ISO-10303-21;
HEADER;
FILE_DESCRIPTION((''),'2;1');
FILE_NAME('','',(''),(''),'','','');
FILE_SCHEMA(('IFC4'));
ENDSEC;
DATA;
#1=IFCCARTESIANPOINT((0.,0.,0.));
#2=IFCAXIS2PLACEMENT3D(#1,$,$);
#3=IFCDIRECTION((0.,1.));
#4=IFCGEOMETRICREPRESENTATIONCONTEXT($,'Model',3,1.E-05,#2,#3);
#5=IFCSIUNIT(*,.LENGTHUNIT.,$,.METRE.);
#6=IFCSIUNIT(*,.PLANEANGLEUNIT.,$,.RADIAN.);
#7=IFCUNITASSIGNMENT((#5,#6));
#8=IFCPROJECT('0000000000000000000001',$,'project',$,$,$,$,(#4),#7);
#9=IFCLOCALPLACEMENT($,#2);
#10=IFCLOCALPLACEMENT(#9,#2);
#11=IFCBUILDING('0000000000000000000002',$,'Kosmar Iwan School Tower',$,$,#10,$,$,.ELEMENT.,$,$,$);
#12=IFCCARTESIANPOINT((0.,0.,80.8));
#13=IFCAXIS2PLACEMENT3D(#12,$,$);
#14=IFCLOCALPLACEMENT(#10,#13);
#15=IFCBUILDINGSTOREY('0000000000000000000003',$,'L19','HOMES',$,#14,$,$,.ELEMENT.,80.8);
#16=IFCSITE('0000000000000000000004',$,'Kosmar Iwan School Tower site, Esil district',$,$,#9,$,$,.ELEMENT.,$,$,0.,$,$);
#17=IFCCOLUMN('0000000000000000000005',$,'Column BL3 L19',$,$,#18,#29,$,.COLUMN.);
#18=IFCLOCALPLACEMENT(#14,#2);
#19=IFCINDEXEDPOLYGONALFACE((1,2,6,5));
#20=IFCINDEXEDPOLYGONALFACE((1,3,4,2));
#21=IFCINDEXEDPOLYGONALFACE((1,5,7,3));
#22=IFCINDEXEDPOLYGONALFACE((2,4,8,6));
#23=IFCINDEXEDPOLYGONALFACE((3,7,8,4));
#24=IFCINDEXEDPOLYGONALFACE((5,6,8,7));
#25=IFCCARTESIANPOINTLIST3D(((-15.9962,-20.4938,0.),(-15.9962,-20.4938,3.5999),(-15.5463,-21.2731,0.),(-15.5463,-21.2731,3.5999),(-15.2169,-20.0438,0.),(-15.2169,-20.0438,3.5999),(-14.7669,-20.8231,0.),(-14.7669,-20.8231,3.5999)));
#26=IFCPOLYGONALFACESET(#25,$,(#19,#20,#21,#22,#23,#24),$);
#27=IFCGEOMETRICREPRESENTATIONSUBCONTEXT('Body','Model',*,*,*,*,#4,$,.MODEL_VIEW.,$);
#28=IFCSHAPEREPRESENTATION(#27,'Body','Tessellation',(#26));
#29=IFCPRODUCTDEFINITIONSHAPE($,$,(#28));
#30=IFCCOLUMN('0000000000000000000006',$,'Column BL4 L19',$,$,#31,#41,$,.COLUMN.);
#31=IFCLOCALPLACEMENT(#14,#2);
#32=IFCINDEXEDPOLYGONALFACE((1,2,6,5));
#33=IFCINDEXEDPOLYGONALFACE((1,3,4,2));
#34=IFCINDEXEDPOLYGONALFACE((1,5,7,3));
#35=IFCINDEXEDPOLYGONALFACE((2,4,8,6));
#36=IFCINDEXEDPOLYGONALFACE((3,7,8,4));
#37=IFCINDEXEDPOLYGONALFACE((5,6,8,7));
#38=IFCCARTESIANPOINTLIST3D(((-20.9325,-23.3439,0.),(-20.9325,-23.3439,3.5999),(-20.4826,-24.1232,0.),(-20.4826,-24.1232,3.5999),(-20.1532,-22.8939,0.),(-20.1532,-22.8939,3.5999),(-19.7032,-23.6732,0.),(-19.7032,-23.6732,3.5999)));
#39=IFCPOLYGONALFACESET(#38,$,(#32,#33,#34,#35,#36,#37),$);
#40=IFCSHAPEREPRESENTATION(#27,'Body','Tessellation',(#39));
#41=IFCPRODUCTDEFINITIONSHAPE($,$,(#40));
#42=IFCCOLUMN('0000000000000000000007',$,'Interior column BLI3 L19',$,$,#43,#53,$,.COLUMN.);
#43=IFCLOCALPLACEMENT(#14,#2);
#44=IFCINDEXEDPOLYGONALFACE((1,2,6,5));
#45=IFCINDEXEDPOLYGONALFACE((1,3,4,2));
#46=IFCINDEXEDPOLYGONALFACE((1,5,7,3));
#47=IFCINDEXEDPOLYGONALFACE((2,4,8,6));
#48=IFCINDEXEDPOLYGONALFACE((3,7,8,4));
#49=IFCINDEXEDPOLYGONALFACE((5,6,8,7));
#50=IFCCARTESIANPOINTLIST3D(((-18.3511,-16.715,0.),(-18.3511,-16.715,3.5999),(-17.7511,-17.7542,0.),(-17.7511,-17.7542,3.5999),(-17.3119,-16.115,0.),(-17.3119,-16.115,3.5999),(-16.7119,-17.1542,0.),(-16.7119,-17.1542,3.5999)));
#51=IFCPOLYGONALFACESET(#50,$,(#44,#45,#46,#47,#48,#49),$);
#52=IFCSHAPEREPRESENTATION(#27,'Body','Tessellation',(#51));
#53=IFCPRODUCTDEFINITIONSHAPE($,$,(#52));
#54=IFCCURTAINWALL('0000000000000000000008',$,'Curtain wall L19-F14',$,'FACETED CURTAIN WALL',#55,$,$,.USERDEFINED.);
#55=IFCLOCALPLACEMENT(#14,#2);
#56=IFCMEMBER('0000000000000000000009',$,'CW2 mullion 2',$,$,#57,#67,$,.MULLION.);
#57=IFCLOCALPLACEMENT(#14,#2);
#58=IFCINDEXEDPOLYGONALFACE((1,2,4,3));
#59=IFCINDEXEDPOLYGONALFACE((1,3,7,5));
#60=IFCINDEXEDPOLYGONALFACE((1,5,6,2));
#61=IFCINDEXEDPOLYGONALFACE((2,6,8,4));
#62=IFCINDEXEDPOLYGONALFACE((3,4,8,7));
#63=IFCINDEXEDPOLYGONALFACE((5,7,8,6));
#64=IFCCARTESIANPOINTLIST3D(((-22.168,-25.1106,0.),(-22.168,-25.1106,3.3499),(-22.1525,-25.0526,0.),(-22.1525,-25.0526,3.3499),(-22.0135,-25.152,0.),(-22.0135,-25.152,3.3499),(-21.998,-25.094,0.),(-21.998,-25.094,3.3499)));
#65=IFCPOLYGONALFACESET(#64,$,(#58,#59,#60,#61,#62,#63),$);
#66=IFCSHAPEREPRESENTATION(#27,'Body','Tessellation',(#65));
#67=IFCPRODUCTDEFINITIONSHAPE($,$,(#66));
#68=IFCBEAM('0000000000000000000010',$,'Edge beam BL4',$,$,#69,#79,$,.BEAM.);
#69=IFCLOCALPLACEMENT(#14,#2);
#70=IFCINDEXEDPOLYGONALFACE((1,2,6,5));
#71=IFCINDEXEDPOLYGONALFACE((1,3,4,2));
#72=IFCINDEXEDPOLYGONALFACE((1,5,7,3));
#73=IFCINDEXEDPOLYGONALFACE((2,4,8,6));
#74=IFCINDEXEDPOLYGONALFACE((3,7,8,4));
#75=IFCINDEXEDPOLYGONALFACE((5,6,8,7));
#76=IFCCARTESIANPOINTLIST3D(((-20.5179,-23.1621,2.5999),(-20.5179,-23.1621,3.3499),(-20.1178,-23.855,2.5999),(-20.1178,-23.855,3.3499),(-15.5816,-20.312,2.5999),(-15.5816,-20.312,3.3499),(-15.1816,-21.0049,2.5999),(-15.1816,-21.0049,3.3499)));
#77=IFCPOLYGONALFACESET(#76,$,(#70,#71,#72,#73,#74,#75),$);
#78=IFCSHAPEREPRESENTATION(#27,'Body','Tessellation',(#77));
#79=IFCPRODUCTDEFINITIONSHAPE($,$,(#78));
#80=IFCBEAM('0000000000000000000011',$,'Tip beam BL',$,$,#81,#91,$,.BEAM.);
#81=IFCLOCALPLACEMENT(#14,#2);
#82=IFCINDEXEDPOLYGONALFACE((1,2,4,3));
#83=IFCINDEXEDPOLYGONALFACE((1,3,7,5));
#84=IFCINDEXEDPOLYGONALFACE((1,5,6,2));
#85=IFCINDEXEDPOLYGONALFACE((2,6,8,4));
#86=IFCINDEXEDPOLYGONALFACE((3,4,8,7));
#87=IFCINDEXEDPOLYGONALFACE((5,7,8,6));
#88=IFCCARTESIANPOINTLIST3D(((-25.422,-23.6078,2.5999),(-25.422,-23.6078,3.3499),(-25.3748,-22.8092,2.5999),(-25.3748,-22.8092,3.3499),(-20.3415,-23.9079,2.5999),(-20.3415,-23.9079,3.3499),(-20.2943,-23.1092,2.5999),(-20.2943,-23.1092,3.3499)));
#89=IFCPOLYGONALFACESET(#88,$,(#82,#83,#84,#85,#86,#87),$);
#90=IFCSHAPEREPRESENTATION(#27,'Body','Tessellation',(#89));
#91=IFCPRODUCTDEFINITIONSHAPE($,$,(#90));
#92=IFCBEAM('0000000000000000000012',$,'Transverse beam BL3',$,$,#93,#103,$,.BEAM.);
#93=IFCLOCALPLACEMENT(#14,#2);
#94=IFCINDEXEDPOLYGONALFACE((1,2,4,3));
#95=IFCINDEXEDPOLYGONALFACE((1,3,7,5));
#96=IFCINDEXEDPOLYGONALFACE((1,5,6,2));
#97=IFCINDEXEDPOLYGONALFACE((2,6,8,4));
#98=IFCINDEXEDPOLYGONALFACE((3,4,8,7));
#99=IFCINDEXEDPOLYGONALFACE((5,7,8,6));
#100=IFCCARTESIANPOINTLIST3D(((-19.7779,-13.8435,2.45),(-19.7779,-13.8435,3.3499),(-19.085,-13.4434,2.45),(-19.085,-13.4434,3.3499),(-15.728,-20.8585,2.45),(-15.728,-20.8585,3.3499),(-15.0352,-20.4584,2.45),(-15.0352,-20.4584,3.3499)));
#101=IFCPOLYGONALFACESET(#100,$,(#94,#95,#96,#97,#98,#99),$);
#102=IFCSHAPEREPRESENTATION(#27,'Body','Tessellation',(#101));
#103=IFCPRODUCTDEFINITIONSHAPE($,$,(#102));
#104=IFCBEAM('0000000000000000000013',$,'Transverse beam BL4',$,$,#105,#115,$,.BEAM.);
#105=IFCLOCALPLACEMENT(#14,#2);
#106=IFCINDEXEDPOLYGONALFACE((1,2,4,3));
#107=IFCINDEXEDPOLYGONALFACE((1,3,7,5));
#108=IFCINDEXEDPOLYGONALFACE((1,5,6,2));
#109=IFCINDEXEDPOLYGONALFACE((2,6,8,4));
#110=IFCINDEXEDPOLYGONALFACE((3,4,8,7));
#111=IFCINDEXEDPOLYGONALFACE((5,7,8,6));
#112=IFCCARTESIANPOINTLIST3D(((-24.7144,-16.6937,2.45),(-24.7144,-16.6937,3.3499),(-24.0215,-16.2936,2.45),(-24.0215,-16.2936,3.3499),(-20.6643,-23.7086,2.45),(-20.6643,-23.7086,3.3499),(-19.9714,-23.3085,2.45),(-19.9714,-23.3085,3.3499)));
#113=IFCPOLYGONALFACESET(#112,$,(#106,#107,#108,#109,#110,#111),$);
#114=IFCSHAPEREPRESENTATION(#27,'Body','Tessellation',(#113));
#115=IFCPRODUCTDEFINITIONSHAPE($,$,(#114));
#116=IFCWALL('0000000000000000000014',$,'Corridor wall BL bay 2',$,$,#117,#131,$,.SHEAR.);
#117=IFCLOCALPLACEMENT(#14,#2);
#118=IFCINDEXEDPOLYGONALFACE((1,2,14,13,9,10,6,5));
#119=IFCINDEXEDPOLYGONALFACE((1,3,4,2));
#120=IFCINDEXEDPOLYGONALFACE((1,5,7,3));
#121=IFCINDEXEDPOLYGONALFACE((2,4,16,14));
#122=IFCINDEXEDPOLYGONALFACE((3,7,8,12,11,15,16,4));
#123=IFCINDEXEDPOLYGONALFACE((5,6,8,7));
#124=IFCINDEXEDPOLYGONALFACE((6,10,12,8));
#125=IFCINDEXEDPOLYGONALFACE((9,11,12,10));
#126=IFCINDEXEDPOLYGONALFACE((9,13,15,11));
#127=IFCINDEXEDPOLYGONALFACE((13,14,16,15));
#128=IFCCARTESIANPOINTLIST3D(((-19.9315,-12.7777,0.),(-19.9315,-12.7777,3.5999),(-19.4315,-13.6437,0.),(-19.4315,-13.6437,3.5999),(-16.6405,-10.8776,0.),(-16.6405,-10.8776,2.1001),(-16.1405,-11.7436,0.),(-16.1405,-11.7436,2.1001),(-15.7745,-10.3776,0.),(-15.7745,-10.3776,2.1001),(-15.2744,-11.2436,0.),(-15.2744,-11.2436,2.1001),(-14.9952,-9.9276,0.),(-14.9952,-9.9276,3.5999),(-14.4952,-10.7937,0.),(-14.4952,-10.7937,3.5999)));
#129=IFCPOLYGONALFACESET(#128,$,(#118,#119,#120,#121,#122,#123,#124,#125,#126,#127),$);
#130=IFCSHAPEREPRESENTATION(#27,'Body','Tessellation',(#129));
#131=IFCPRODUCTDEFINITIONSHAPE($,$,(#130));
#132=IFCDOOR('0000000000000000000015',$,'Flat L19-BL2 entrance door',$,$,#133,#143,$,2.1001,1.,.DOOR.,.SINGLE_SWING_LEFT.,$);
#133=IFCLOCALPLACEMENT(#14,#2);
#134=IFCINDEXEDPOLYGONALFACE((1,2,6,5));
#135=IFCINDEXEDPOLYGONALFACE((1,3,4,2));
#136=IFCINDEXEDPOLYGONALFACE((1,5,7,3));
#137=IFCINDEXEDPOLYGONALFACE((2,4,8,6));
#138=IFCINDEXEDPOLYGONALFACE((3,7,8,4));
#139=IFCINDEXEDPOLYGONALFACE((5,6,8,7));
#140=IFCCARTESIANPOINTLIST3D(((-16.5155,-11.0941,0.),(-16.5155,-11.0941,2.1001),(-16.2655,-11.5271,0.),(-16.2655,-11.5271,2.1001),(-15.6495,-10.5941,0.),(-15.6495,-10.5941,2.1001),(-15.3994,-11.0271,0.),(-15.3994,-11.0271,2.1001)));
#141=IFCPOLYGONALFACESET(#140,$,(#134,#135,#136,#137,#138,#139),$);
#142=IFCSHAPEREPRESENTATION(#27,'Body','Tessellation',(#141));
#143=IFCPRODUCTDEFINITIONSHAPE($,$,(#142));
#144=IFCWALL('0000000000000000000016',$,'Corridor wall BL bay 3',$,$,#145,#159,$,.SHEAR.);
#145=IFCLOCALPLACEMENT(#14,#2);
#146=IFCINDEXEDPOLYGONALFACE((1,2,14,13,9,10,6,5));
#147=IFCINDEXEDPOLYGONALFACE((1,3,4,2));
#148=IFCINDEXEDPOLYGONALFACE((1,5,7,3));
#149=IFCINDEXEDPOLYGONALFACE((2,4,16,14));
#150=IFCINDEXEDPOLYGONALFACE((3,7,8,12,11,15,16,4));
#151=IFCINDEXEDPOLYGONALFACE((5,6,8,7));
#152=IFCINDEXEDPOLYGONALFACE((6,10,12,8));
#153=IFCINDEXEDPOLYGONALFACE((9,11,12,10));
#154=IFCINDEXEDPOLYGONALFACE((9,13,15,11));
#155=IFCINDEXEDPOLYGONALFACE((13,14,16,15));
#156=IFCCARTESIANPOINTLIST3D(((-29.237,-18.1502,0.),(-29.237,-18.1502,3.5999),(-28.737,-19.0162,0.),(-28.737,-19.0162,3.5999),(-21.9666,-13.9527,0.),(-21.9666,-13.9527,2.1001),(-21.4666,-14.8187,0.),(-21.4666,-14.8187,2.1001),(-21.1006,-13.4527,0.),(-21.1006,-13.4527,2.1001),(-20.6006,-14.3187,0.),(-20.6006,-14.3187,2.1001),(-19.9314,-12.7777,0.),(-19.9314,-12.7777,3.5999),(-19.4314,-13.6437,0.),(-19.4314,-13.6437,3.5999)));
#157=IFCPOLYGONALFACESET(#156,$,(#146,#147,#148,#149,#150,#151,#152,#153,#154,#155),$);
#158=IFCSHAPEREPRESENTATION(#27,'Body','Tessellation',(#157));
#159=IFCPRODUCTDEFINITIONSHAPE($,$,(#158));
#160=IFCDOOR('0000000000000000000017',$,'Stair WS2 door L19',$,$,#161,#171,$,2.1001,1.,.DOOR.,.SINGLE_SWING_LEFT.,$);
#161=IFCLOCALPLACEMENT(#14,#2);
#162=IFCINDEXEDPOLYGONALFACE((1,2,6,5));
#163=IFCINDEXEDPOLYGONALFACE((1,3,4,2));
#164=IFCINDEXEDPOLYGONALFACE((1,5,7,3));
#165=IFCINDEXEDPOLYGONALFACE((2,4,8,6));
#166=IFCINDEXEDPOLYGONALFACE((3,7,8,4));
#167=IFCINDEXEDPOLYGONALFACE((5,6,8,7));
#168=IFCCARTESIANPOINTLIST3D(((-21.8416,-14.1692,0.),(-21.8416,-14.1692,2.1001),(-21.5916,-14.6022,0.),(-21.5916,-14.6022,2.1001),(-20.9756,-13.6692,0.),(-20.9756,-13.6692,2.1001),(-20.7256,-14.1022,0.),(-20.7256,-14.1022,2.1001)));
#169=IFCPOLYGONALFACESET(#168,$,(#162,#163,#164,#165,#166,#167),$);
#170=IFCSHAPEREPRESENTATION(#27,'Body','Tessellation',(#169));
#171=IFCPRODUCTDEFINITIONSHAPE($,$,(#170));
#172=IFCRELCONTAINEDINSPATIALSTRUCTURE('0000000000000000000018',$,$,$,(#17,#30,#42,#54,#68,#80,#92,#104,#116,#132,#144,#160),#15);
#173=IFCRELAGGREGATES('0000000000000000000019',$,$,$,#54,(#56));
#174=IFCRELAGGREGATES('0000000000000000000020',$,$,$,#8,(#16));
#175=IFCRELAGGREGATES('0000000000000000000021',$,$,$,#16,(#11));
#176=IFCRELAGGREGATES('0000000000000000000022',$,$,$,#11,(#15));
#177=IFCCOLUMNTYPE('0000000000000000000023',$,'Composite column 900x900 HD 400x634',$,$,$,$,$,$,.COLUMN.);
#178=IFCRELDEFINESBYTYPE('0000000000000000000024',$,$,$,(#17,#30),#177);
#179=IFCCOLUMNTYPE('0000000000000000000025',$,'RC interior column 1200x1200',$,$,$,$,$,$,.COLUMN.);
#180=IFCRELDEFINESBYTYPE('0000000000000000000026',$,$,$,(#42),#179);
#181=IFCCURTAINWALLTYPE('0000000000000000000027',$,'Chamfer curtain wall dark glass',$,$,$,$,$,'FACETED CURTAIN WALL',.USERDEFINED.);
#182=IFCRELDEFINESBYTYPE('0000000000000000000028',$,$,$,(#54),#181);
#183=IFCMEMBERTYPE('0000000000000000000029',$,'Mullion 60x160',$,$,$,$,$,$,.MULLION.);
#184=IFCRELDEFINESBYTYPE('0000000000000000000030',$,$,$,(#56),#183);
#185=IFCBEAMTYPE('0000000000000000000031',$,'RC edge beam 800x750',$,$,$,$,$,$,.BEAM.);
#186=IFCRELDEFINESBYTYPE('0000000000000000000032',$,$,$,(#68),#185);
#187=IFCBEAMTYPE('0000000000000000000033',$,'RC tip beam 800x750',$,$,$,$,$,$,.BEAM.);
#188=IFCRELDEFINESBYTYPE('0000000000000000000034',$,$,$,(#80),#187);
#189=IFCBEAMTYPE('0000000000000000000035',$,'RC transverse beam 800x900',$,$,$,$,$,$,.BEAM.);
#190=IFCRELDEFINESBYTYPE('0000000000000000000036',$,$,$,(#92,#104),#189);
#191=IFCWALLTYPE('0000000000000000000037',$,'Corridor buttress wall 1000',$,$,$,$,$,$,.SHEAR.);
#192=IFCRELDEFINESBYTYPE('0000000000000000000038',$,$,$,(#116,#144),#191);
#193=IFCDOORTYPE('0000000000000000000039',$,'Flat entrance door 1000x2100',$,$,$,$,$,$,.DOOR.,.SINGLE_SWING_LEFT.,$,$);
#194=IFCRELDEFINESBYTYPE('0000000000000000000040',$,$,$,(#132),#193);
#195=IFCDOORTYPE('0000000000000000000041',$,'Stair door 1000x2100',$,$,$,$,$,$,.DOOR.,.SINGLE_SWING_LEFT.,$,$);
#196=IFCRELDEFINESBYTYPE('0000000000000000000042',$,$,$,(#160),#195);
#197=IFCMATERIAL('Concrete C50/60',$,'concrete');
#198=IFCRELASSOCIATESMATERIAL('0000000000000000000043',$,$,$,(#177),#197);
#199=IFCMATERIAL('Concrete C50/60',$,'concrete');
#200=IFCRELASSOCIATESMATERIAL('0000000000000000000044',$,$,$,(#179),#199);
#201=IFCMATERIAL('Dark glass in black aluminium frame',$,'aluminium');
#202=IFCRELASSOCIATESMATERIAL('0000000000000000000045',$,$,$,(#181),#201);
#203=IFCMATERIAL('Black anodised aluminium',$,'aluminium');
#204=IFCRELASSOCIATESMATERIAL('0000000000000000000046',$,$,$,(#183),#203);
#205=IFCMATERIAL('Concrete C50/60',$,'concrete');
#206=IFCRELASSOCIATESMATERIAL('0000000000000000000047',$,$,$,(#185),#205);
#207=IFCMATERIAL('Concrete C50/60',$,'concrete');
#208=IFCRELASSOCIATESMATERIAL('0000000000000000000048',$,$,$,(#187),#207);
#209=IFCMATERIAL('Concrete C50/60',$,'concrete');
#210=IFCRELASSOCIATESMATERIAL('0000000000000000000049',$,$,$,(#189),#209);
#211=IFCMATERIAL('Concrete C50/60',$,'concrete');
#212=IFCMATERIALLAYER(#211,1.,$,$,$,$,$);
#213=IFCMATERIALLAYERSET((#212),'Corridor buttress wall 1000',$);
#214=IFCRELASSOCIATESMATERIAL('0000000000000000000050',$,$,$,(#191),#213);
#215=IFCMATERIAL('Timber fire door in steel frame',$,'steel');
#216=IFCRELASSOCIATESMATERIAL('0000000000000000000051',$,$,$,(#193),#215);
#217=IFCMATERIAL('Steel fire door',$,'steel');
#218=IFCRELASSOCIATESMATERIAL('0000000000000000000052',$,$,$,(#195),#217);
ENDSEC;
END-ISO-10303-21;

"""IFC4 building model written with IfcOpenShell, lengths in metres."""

from ifc_helpers import new_model, si_unit, direction, frame, frame_2d, origin, origin_2d, place, context, subcontext, project, spatial, rectangle, extrude, material, layer, layer_set, material_profile, profile_set, type_object, element, fill, aggregate, save


model = new_model("IFC4")

# Units and contexts
model_context = context("Model", 3, precision=1e-05, world=origin(), true_north=direction((0.0, 1.0)))
body_context = subcontext(model_context, "Body", "Model", "MODEL_VIEW")
ifc_project = project(units=[si_unit("LENGTHUNIT", "METRE"), si_unit("PLANEANGLEUNIT", "RADIAN")], contexts=[model_context])

# Site, building, storey
site_placement = place(None, origin())
site = spatial("IfcSite", under=ifc_project, at=site_placement, Name="Kosmar Iwan School Tower site, Esil district", CompositionType="ELEMENT", RefElevation=0.0)
building_placement = place(site_placement, origin())
building = spatial("IfcBuilding", under=site, at=building_placement, Name="Kosmar Iwan School Tower", CompositionType="ELEMENT")
storey_placement = place(building_placement, frame((0.0, 0.0, 80.8)))
storey = spatial("IfcBuildingStorey", under=building, at=storey_placement, Name="L19", Description="HOMES", CompositionType="ELEMENT", Elevation=80.8)

# Columns
ifc_material_1 = material(Name="Concrete C50/60", Category="concrete")
ifc_material_profile_1 = material_profile(ifc_material_1, rectangle(XDim=0.8999, YDim=0.8999, at=origin_2d()), Name="RC 900x900 + HD 400x634")
ifc_profile_set_1 = profile_set([ifc_material_profile_1], Name="Concrete C50/60")
column_type_1 = type_object("IfcColumnType", Name="Composite column 900x900 HD 400x634", PredefinedType="COLUMN", material=ifc_profile_set_1)
for number, where, z_axis, x_axis, name in (
    (1, (-15.3816, -20.6584, 0.0), (0.0, 0.0, 1.0), (-0.866025, -0.5, 0.0), "Column BL3 L19"),
    (2, (-20.3179, -23.5085, 0.0), (0.0, 0.0, 1.0), (-0.866025, -0.5, 0.0), "Column BL4 L19"),
):
    element("IfcColumn", number, at=place(storey_placement, frame(where, z_axis=z_axis, x_axis=x_axis)), inside=storey, type_object=column_type_1, Name=name, PredefinedType="COLUMN", context=body_context, shape_type="SweptSolid", body=[
        extrude(rectangle(XDim=0.8999, YDim=0.8999, at=origin_2d()), origin(), (0.0, 0.0, 1.0), 3.5999),
    ])
ifc_material_2 = material(Name="Concrete C50/60", Category="concrete")
ifc_material_profile_2 = material_profile(ifc_material_2, rectangle(XDim=1.2, YDim=1.2, at=origin_2d()), Name="RC 1200x1200")
ifc_profile_set_2 = profile_set([ifc_material_profile_2], Name="Concrete C50/60")
column_type_2 = type_object("IfcColumnType", Name="RC interior column 1200x1200", PredefinedType="COLUMN", material=ifc_profile_set_2)
column_placement = place(storey_placement, frame((-17.5315, -16.9346, 0.0), z_axis=(0.0, 0.0, 1.0), x_axis=(-0.866025, -0.5, 0.0)))
element("IfcColumn", 3, at=column_placement, inside=storey, type_object=column_type_2, Name="Interior column BLI3 L19", PredefinedType="COLUMN", context=body_context, shape_type="SweptSolid", body=[
    extrude(rectangle(XDim=1.2, YDim=1.2, at=origin_2d()), origin(), (0.0, 0.0, 1.0), 3.5999),
])

# Curtain wall, member
ifc_material_3 = material(Name="Dark glass in black aluminium frame", Category="aluminium")
curtain_wall_type = type_object("IfcCurtainWallType", Name="Chamfer curtain wall dark glass", ElementType="FACETED CURTAIN WALL", PredefinedType="USERDEFINED", material=ifc_material_3)
curtain_wall_placement = place(storey_placement, origin())
curtain_wall = element("IfcCurtainWall", 4, at=curtain_wall_placement, inside=storey, type_object=curtain_wall_type, Name="Curtain wall L19-F14", ObjectType="FACETED CURTAIN WALL", PredefinedType="USERDEFINED")
ifc_material_4 = material(Name="Black anodised aluminium", Category="aluminium")
ifc_material_profile_3 = material_profile(ifc_material_4, rectangle(XDim=0.0601, YDim=0.1599, at=origin_2d()), Name="MULLION 60x160")
ifc_profile_set_3 = profile_set([ifc_material_profile_3], Name="Black anodised aluminium")
member_type = type_object("IfcMemberType", Name="Mullion 60x160", PredefinedType="MULLION", material=ifc_profile_set_3)
member_placement = place(storey_placement, frame((-22.083, -25.1023, 0.0), z_axis=(0.0, 0.0, 1.0), x_axis=(0.258819, 0.965926, 0.0)))
member = element("IfcMember", 5, at=member_placement, type_object=member_type, Name="CW2 mullion 2", PredefinedType="MULLION", context=body_context, shape_type="SweptSolid", body=[
    extrude(rectangle(XDim=0.0601, YDim=0.1599, at=origin_2d()), origin(), (0.0, 0.0, 1.0), 3.3499),
])
aggregate(curtain_wall, [member])

# Beams
ifc_material_5 = material(Name="Concrete C50/60", Category="concrete")
ifc_material_profile_4 = material_profile(ifc_material_5, rectangle(XDim=0.8, YDim=0.75, at=origin_2d()), Name="RC 800x750")
ifc_profile_set_4 = profile_set([ifc_material_profile_4], Name="Concrete C50/60")
beam_type_1 = type_object("IfcBeamType", Name="RC edge beam 800x750", PredefinedType="BEAM", material=ifc_profile_set_4)
beam_1_placement = place(storey_placement, frame((-15.3816, -20.6584, 2.9749), z_axis=(-0.866015, -0.500018, 0.0), x_axis=(0.500018, -0.866015, 0.0)))
element("IfcBeam", 6, at=beam_1_placement, inside=storey, type_object=beam_type_1, Name="Edge beam BL4", PredefinedType="BEAM", context=body_context, shape_type="SweptSolid", body=[
    extrude(rectangle(XDim=0.8, YDim=0.75, at=origin_2d()), origin(), (0.0, 0.0, 1.0), 5.7),
])
ifc_material_6 = material(Name="Concrete C50/60", Category="concrete")
ifc_material_profile_5 = material_profile(ifc_material_6, rectangle(XDim=0.8, YDim=0.75, at=origin_2d()), Name="RC 800x750")
ifc_profile_set_5 = profile_set([ifc_material_profile_5], Name="Concrete C50/60")
beam_type_2 = type_object("IfcBeamType", Name="RC tip beam 800x750", PredefinedType="BEAM", material=ifc_profile_set_5)
beam_2_placement = place(storey_placement, frame((-20.3179, -23.5085, 2.9749), z_axis=(-0.998261, 0.058955, 0.0), x_axis=(-0.058955, -0.998261, 0.0)))
element("IfcBeam", 7, at=beam_2_placement, inside=storey, type_object=beam_type_2, Name="Tip beam BL", PredefinedType="BEAM", context=body_context, shape_type="SweptSolid", body=[
    extrude(rectangle(XDim=0.8, YDim=0.75, at=origin_2d()), origin(), (0.0, 0.0, 1.0), 5.0894),
])
ifc_material_7 = material(Name="Concrete C50/60", Category="concrete")
ifc_material_profile_6 = material_profile(ifc_material_7, rectangle(XDim=0.8, YDim=0.8999, at=origin_2d()), Name="RC 800x900")
ifc_profile_set_6 = profile_set([ifc_material_profile_6], Name="Concrete C50/60")
beam_type_3 = type_object("IfcBeamType", Name="RC transverse beam 800x900", PredefinedType="BEAM", material=ifc_profile_set_6)
for number, where, z_axis, x_axis, name in (
    (8, (-15.3816, -20.6584, 2.8999), (-0.499977, 0.866039, 0.0), (-0.866039, -0.499977, 0.0), "Transverse beam BL3"),
    (9, (-20.3179, -23.5085, 2.8999), (-0.5, 0.866025, 0.0), (-0.866025, -0.5, 0.0), "Transverse beam BL4"),
):
    element("IfcBeam", number, at=place(storey_placement, frame(where, z_axis=z_axis, x_axis=x_axis)), inside=storey, type_object=beam_type_3, Name=name, PredefinedType="BEAM", context=body_context, shape_type="SweptSolid", body=[
        extrude(rectangle(XDim=0.8, YDim=0.8999, at=origin_2d()), origin(), (0.0, 0.0, 1.0), 8.1001),
    ])

# Walls, openings, doors
ifc_material_8 = material(Name="Concrete C50/60", Category="concrete")
ifc_layer_1 = layer(ifc_material_8, 1.0)
ifc_layer_set_1 = layer_set([ifc_layer_1], Name="Corridor buttress wall 1000")
wall_type_1 = type_object("IfcWallType", Name="Corridor buttress wall 1000", PredefinedType="SHEAR", material=ifc_layer_set_1)
wall_1_placement = place(storey_placement, frame((-14.7451, -10.3606, 0.0), z_axis=(0.0, 0.0, 1.0), x_axis=(-0.866015, -0.500018, 0.0)))
wall_1 = element("IfcWall", 10, at=wall_1_placement, inside=storey, type_object=wall_type_1, Name="Corridor wall BL bay 2", PredefinedType="SHEAR", context=body_context, shape_type="SweptSolid", body=[
    extrude(rectangle(XDim=5.7, YDim=1.0, at=frame_2d((2.8501, 0.0))), origin(), (0.0, 0.0, 1.0), 3.5999),
])
opening_1_placement = place(wall_1_placement, frame((0.8999, 0.0, 0.0)))
opening_1 = element("IfcOpeningElement", 11, at=opening_1_placement, cuts=wall_1, PredefinedType="OPENING", context=body_context, shape_type="SweptSolid", body=[
    extrude(rectangle(XDim=1.0, YDim=2.1001, at=frame_2d((0.5, 1.05))), frame((0.0, 0.512, 0.0), z_axis=(0.0, -1.0, 0.0), x_axis=(1.0, 0.0, 0.0)), (0.0, 0.0, 1.0), 1.0239),
])
ifc_material_9 = material(Name="Timber fire door in steel frame", Category="steel")
door_type_1 = type_object("IfcDoorType", Name="Flat entrance door 1000x2100", OperationType="SINGLE_SWING_LEFT", PredefinedType="DOOR", material=ifc_material_9)
door_1_placement = place(opening_1_placement, origin())
door_1 = element("IfcDoor", 12, at=door_1_placement, inside=storey, type_object=door_type_1, Name="Flat L19-BL2 entrance door", OperationType="SINGLE_SWING_LEFT", OverallHeight=2.1001, OverallWidth=1.0, PredefinedType="DOOR", context=body_context, shape_type="SweptSolid", body=[
    extrude(rectangle(XDim=1.0, YDim=2.1001, at=frame_2d((0.5, 1.05))), frame((0.0, 0.25, 0.0), z_axis=(0.0, -1.0, 0.0), x_axis=(1.0, 0.0, 0.0)), (0.0, 0.0, 1.0), 0.5),
])
fill(opening_1, door_1)
wall_2_placement = place(storey_placement, frame((-19.6814, -13.2107, 0.0), z_axis=(0.0, 0.0, 1.0), x_axis=(-0.866028, -0.499995, 0.0)))
wall_2 = element("IfcWall", 13, at=wall_2_placement, inside=storey, type_object=wall_type_1, Name="Corridor wall BL bay 3", PredefinedType="SHEAR", context=body_context, shape_type="SweptSolid", body=[
    extrude(rectangle(XDim=10.7451, YDim=1.0, at=frame_2d((5.3726, 0.0))), origin(), (0.0, 0.0, 1.0), 3.5999),
])
opening_2_placement = place(wall_2_placement, frame((1.3501, 0.0, 0.0)))
opening_2 = element("IfcOpeningElement", 14, at=opening_2_placement, cuts=wall_2, PredefinedType="OPENING", context=body_context, shape_type="SweptSolid", body=[
    extrude(rectangle(XDim=1.0, YDim=2.1001, at=frame_2d((0.5, 1.05))), frame((0.0, 0.512, 0.0), z_axis=(0.0, -1.0, 0.0), x_axis=(1.0, 0.0, 0.0)), (0.0, 0.0, 1.0), 1.0239),
])
ifc_material_10 = material(Name="Steel fire door", Category="steel")
door_type_2 = type_object("IfcDoorType", Name="Stair door 1000x2100", OperationType="SINGLE_SWING_LEFT", PredefinedType="DOOR", material=ifc_material_10)
door_2_placement = place(opening_2_placement, origin())
door_2 = element("IfcDoor", 15, at=door_2_placement, inside=storey, type_object=door_type_2, Name="Stair WS2 door L19", OperationType="SINGLE_SWING_LEFT", OverallHeight=2.1001, OverallWidth=1.0, PredefinedType="DOOR", context=body_context, shape_type="SweptSolid", body=[
    extrude(rectangle(XDim=1.0, YDim=2.1001, at=frame_2d((0.5, 1.05))), frame((0.0, 0.25, 0.0), z_axis=(0.0, -1.0, 0.0), x_axis=(1.0, 0.0, 0.0)), (0.0, 0.0, 1.0), 0.5),
])
fill(opening_2, door_2)

save(model, "model.ifc")
